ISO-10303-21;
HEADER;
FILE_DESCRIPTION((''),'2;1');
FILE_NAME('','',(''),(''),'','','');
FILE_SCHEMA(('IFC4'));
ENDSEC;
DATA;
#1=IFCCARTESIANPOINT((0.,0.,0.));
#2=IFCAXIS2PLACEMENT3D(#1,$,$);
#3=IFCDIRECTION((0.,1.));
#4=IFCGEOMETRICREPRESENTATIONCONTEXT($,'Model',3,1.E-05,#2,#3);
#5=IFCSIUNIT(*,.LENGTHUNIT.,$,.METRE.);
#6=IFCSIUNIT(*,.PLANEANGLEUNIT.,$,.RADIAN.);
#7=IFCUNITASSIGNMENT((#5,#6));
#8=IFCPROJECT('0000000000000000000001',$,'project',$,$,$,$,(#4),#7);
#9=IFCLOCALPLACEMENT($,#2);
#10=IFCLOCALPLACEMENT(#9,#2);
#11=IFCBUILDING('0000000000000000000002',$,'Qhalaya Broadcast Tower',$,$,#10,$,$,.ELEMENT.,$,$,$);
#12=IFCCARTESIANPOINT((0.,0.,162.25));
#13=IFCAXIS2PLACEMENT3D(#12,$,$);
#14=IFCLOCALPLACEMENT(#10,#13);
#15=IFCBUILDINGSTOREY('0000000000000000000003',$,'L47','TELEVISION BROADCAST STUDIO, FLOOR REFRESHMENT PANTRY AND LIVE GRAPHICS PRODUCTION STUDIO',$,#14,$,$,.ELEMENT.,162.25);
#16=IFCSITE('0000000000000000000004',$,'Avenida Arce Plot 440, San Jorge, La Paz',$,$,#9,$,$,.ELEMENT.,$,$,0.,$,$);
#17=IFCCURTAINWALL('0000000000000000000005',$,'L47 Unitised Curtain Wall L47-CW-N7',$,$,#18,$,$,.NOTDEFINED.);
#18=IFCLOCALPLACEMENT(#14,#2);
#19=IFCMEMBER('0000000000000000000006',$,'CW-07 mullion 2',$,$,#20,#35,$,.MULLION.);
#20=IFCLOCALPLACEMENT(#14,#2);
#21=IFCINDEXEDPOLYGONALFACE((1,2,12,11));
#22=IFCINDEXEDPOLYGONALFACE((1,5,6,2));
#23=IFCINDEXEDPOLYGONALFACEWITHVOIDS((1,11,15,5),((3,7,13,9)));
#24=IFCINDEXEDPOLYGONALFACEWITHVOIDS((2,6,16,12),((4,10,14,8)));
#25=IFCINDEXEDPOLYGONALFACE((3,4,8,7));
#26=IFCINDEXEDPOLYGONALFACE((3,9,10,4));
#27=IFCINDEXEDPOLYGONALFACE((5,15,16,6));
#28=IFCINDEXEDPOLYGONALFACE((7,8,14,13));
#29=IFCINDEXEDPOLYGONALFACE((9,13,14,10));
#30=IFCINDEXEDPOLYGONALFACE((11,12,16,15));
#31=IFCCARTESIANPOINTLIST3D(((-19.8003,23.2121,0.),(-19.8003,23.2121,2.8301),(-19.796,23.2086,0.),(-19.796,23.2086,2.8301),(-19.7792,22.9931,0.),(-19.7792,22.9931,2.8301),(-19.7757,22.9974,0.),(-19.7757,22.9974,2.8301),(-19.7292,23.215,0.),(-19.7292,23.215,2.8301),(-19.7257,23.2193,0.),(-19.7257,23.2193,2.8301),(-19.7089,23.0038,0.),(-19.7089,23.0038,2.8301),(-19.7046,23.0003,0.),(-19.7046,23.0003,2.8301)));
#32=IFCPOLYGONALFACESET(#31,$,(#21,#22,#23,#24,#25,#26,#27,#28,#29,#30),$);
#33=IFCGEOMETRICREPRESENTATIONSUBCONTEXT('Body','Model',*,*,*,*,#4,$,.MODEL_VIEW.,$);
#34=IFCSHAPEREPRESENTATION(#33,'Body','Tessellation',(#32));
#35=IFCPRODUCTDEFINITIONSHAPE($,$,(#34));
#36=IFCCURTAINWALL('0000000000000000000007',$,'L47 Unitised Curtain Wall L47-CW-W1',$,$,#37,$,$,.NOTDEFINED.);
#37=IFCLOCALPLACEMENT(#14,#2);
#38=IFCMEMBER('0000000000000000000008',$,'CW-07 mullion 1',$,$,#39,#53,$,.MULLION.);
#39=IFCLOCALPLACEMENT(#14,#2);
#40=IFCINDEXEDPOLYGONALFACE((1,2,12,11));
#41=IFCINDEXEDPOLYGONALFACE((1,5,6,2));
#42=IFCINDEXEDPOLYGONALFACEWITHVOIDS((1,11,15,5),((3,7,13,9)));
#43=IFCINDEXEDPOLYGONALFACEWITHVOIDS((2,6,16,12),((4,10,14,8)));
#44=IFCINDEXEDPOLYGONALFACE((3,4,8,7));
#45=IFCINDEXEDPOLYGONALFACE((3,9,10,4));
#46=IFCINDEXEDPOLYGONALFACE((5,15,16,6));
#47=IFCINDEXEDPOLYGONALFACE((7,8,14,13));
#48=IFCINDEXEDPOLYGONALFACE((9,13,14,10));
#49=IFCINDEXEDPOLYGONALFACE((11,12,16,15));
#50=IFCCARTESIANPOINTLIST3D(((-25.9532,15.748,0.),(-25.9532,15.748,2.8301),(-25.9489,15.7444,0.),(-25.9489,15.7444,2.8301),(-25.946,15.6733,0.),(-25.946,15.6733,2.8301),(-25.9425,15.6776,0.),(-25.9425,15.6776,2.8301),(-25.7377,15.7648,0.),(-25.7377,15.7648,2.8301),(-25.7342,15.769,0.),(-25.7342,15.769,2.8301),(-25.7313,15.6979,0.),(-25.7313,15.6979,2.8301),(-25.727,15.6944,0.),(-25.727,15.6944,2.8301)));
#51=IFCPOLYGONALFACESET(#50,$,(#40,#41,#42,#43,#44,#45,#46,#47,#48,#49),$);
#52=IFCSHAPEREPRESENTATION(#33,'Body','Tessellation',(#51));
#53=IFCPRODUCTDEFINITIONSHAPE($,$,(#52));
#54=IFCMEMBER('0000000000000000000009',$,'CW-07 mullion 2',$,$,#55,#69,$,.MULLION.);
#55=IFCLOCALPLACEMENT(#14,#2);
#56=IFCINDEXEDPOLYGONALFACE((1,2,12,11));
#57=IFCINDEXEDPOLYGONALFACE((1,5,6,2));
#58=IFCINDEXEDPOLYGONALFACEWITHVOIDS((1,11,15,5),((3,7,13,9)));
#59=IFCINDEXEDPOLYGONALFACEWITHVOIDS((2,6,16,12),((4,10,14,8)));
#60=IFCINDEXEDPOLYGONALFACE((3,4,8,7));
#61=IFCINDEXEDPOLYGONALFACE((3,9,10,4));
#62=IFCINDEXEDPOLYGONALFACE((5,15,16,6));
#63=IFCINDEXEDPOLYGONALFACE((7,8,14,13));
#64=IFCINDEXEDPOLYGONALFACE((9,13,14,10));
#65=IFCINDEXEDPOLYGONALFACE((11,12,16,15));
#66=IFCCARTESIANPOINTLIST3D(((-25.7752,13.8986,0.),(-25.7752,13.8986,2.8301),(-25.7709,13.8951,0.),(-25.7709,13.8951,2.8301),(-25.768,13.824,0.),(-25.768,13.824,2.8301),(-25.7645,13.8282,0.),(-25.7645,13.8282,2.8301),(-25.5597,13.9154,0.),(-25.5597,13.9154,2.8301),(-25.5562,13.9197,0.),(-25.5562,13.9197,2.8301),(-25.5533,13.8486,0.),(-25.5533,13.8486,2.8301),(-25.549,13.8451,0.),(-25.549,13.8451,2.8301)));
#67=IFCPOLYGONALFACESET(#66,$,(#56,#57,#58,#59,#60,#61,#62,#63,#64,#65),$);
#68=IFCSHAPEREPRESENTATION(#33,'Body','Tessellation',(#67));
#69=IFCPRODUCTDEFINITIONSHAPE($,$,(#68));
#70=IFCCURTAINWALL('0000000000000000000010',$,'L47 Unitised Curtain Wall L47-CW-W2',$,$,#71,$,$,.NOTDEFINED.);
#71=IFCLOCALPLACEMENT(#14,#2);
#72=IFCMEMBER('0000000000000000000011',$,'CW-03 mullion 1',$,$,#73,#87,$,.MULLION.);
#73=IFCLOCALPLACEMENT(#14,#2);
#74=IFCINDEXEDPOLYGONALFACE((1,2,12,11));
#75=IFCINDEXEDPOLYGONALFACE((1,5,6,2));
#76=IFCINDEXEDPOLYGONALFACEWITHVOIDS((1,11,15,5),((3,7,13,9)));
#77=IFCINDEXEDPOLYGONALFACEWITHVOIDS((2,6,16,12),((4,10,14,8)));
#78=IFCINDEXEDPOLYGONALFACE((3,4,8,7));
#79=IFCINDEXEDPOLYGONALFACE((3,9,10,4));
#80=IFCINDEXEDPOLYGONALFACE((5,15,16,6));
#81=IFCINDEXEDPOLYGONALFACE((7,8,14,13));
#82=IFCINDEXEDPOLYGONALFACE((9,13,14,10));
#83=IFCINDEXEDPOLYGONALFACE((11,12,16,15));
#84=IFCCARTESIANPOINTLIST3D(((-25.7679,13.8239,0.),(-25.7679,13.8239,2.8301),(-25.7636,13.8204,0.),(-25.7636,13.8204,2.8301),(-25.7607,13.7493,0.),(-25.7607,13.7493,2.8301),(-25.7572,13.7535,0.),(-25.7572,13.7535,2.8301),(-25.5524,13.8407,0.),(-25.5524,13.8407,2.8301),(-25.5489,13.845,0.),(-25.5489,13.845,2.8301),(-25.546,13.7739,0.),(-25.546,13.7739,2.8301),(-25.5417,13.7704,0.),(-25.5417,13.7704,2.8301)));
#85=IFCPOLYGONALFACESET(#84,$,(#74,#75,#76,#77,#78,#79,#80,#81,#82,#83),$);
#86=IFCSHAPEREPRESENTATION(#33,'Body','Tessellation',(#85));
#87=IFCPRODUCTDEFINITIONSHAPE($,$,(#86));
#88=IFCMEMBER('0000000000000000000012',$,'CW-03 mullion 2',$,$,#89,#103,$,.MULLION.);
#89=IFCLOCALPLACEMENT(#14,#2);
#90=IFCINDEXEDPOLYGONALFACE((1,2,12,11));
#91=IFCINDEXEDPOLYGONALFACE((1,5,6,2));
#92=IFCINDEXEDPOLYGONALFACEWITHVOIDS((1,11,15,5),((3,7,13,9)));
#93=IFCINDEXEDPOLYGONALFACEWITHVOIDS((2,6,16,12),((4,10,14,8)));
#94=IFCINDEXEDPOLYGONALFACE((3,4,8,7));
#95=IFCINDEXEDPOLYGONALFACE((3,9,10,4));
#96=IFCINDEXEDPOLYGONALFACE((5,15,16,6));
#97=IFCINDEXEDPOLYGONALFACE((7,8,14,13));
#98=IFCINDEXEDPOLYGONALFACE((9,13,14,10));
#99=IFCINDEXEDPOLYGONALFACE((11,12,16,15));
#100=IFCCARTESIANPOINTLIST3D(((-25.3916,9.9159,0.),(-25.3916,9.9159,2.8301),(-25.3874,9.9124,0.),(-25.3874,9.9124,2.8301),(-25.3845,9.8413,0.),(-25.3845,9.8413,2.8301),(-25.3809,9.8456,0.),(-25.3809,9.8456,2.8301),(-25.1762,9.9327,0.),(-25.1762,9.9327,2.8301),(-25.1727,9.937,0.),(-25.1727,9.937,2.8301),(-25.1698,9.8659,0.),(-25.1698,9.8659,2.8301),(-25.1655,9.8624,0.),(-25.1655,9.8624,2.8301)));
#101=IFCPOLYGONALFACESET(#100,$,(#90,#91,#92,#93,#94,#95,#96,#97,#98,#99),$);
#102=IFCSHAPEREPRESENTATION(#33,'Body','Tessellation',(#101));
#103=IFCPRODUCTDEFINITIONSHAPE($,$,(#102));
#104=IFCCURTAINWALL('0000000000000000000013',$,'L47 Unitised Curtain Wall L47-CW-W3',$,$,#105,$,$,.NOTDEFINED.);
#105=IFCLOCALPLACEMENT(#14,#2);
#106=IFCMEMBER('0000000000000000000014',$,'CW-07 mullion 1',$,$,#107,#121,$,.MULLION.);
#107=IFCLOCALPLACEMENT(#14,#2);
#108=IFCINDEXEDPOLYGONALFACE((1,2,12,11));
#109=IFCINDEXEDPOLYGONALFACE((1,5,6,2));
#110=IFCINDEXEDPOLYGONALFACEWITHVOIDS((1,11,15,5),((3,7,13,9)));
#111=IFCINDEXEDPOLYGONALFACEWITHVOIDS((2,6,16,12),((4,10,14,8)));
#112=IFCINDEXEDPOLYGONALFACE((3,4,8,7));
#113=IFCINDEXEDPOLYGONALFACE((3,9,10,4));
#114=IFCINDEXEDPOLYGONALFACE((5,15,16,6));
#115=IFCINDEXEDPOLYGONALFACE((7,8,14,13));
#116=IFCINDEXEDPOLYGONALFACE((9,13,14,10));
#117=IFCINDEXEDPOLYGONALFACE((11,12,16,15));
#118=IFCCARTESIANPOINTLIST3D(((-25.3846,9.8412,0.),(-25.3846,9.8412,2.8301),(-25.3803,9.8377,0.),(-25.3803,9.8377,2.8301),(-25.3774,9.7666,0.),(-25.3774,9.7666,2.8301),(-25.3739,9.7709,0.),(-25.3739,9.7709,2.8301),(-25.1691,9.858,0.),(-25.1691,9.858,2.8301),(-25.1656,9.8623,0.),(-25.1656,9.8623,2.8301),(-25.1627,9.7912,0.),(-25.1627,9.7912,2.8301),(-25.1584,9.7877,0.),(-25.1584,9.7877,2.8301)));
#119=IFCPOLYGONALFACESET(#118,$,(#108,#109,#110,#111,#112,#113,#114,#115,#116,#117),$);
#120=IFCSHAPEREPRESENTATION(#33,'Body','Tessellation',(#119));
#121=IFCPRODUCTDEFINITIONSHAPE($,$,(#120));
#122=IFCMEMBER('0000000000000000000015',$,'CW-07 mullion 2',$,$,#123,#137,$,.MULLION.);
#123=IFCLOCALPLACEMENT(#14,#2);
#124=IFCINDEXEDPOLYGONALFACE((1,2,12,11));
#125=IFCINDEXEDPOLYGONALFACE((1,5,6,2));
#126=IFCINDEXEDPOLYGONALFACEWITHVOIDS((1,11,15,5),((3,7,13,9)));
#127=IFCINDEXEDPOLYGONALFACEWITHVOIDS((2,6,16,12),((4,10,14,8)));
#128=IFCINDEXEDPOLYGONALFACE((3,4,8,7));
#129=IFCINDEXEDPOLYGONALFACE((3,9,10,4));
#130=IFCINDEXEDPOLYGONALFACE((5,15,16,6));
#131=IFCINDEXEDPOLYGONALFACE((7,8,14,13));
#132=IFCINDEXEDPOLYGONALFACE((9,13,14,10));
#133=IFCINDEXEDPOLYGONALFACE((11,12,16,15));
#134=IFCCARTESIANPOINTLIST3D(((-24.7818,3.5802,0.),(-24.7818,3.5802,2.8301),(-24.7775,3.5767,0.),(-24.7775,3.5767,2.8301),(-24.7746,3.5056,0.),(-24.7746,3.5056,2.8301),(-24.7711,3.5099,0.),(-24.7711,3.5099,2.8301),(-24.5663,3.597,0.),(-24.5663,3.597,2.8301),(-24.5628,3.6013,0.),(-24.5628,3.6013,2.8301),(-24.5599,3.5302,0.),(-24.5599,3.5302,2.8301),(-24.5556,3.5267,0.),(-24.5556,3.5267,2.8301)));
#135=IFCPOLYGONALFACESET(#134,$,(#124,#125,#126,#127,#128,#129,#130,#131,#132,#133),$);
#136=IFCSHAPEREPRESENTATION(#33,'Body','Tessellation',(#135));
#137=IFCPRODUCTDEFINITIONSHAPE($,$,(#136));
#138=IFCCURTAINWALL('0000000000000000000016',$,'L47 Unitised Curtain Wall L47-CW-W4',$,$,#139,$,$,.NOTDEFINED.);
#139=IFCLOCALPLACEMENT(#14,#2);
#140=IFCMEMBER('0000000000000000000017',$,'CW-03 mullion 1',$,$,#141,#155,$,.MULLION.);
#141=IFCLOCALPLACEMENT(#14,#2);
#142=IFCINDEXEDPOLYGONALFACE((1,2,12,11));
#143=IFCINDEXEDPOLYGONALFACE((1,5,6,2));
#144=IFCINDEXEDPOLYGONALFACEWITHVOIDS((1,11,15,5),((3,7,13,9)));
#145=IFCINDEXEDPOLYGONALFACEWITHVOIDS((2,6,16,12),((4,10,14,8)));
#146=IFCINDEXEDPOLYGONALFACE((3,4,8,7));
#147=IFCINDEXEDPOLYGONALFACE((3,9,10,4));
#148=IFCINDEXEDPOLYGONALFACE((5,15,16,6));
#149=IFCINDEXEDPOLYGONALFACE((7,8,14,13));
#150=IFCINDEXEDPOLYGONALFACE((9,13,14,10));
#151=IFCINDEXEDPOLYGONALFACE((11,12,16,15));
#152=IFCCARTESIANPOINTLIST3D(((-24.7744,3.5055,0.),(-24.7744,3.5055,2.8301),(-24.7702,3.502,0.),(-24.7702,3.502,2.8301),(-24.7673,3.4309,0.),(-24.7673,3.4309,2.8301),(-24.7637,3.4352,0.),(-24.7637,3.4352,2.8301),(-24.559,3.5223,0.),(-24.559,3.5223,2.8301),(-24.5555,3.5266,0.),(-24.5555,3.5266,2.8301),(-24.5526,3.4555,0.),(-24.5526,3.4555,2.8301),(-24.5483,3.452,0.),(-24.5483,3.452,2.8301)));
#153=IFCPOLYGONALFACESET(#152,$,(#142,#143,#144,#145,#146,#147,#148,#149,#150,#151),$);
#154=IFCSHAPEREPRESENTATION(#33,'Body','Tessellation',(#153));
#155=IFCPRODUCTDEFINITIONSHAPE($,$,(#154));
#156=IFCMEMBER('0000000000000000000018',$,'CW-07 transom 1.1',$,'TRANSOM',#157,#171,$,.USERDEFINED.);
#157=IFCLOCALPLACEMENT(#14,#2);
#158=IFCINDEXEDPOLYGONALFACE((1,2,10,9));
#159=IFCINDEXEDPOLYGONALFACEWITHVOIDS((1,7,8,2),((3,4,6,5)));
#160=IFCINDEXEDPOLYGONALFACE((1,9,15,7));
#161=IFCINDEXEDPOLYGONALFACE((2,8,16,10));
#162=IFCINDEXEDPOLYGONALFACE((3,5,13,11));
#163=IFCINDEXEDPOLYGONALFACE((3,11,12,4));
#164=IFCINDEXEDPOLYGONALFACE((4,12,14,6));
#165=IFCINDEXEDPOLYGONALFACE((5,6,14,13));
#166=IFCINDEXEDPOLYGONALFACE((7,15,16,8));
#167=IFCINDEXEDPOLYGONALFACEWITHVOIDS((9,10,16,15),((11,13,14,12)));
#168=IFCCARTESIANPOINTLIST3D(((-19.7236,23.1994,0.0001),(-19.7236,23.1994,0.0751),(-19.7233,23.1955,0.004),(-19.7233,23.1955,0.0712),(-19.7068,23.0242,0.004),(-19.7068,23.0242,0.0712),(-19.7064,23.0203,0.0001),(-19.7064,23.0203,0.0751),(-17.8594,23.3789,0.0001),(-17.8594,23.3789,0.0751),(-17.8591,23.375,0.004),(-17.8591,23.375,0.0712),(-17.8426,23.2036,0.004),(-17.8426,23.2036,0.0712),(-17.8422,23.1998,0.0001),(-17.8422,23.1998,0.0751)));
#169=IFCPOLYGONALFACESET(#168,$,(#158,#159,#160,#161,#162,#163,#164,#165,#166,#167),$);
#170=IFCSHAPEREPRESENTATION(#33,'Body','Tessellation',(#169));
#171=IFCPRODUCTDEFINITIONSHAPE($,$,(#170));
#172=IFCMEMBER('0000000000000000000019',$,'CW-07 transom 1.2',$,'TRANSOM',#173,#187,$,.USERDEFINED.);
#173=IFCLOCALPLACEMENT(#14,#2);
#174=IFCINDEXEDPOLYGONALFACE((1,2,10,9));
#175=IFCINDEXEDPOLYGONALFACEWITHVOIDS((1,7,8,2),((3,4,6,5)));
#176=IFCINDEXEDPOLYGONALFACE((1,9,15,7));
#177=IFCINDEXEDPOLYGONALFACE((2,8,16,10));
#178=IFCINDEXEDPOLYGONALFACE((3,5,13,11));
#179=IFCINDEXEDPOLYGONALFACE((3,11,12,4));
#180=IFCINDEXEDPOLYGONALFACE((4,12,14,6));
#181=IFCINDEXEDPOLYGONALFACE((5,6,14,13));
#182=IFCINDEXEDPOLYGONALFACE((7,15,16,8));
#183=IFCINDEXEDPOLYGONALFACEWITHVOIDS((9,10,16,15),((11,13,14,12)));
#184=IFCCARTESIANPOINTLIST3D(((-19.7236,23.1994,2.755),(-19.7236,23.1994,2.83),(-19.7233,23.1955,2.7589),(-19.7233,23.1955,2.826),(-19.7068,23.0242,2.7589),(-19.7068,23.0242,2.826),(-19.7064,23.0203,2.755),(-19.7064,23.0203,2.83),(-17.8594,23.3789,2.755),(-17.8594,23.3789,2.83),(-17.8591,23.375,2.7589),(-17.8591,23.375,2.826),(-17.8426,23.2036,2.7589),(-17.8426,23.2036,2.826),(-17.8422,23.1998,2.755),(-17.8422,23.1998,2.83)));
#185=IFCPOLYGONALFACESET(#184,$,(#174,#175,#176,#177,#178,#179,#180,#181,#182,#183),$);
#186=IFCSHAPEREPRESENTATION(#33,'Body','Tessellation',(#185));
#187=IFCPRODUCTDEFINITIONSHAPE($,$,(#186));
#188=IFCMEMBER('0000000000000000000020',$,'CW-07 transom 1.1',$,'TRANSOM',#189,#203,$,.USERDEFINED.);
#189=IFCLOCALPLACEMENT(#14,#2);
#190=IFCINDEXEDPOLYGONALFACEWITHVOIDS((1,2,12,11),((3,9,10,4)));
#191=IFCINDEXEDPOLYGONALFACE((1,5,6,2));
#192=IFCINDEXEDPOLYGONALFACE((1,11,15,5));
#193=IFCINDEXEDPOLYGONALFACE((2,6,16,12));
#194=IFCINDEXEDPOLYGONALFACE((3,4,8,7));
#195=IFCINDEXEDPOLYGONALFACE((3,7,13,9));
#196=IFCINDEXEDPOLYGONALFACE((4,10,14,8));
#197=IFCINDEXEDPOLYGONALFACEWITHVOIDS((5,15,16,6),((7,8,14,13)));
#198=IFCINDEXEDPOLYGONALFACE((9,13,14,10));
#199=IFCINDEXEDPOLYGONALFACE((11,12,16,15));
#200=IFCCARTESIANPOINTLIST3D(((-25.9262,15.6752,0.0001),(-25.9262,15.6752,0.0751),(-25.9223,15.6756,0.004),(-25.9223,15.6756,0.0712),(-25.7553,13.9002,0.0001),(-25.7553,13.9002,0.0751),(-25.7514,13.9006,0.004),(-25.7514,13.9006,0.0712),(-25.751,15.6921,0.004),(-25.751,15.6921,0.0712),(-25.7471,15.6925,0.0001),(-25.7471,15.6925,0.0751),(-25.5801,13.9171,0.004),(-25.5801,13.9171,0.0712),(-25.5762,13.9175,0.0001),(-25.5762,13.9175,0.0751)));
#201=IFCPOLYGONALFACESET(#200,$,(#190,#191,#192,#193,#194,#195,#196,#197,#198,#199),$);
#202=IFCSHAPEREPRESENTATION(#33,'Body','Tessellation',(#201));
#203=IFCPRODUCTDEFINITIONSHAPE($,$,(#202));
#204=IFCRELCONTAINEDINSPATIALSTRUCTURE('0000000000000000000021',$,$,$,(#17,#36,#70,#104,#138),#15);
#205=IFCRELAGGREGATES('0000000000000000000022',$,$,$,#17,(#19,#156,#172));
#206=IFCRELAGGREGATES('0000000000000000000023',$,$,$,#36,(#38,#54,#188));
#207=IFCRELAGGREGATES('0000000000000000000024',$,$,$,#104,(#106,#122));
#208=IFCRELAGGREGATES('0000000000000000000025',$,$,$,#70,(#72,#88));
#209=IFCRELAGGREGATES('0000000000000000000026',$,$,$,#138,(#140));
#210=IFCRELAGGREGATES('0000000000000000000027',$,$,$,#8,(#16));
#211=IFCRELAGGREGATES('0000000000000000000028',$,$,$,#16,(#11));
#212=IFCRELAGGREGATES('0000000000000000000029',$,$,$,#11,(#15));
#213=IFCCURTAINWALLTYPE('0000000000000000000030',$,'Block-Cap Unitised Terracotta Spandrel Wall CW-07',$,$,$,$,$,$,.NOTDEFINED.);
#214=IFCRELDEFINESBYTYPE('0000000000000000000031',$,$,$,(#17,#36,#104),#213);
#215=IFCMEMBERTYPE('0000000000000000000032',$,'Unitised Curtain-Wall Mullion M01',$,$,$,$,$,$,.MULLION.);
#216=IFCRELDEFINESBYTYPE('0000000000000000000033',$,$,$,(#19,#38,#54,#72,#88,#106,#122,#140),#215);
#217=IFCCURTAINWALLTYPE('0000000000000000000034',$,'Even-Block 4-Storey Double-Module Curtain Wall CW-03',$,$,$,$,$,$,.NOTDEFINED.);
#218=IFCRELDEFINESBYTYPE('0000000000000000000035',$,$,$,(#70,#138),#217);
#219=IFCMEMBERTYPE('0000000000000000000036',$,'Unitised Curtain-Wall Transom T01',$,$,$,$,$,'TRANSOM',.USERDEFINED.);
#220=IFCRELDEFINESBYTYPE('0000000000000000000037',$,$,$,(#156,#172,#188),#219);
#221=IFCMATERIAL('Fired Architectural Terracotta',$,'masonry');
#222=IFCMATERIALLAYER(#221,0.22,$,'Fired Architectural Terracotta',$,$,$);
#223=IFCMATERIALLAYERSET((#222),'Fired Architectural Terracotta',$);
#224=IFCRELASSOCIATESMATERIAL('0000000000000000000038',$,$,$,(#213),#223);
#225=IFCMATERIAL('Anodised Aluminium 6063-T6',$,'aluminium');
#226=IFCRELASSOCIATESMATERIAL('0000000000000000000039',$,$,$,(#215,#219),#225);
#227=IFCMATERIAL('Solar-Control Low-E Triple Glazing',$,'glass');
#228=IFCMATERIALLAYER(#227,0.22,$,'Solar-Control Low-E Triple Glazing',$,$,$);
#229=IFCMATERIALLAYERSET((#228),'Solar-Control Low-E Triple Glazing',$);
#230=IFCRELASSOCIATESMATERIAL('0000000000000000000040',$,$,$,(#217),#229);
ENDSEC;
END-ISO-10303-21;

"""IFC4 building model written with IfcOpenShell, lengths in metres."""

from ifc_helpers import new_model, si_unit, direction, frame, origin, origin_2d, place, context, subcontext, project, spatial, hollow_rectangle, extrude, material, layer, layer_set, material_profile, profile_set, type_object, element, aggregate, save


model = new_model("IFC4")

# Units and contexts
model_context = context("Model", 3, precision=1e-05, world=origin(), true_north=direction((0.0, 1.0)))
body_context = subcontext(model_context, "Body", "Model", "MODEL_VIEW")
ifc_project = project(units=[si_unit("LENGTHUNIT", "METRE"), si_unit("PLANEANGLEUNIT", "RADIAN")], contexts=[model_context])

# Site, building, storey
site_placement = place(None, origin())
site = spatial("IfcSite", under=ifc_project, at=site_placement, Name="Avenida Arce Plot 440, San Jorge, La Paz", CompositionType="ELEMENT", RefElevation=0.0)
building_placement = place(site_placement, origin())
building = spatial("IfcBuilding", under=site, at=building_placement, Name="Qhalaya Broadcast Tower", CompositionType="ELEMENT")
storey_placement = place(building_placement, frame((0.0, 0.0, 162.25)))
storey = spatial("IfcBuildingStorey", under=building, at=storey_placement, Name="L47", Description="TELEVISION BROADCAST STUDIO, FLOOR REFRESHMENT PANTRY AND LIVE GRAPHICS PRODUCTION STUDIO", CompositionType="ELEMENT", Elevation=162.25)

# Curtain wall, member
ifc_material_1 = material(Name="Fired Architectural Terracotta", Category="masonry")
ifc_layer_1 = layer(ifc_material_1, 0.22, Name="Fired Architectural Terracotta")
ifc_layer_set_1 = layer_set([ifc_layer_1], Name="Fired Architectural Terracotta")
curtain_wall_type_1 = type_object("IfcCurtainWallType", Name="Block-Cap Unitised Terracotta Spandrel Wall CW-07", PredefinedType="NOTDEFINED", material=ifc_layer_set_1)
curtain_wall_1_placement = place(storey_placement, origin())
curtain_wall_1 = element("IfcCurtainWall", 1, at=curtain_wall_1_placement, inside=storey, type_object=curtain_wall_type_1, Name="L47 Unitised Curtain Wall L47-CW-N7", PredefinedType="NOTDEFINED")
ifc_material_2 = material(Name="Anodised Aluminium 6063-T6", Category="aluminium")
ifc_material_profile_1 = material_profile(ifc_material_2, hollow_rectangle(XDim=0.075, YDim=0.22, WallThickness=0.0039, at=origin_2d()), Name="ALU-MUL 75x220x4")
ifc_profile_set_1 = profile_set([ifc_material_profile_1], Name="Anodised Aluminium 6063-T6")
member_type_1 = type_object("IfcMemberType", Name="Unitised Curtain-Wall Mullion M01", PredefinedType="MULLION", material=ifc_profile_set_1)
member_1_placement = place(storey_placement, frame((-19.7524, 23.1062, 0.0), z_axis=(0.0, 0.0, 1.0), x_axis=(-0.995396, -0.095847, 0.0)))
member_1 = element("IfcMember", 2, at=member_1_placement, type_object=member_type_1, Name="CW-07 mullion 2", PredefinedType="MULLION", context=body_context, shape_type="SweptSolid", body=[
    extrude(hollow_rectangle(XDim=0.075, YDim=0.22, WallThickness=0.0039, at=origin_2d()), origin(), (0.0, 0.0, 1.0), 2.8301),
])

# Curtain walls, members
curtain_wall_2_placement = place(storey_placement, origin())
curtain_wall_2 = element("IfcCurtainWall", 3, at=curtain_wall_2_placement, inside=storey, type_object=curtain_wall_type_1, Name="L47 Unitised Curtain Wall L47-CW-W1", PredefinedType="NOTDEFINED")
member_2_placement = place(storey_placement, frame((-25.8401, 15.7212, 0.0), z_axis=(0.0, 0.0, 1.0), x_axis=(0.095861, -0.995395, 0.0)))
member_2 = element("IfcMember", 4, at=member_2_placement, type_object=member_type_1, Name="CW-07 mullion 1", PredefinedType="MULLION", context=body_context, shape_type="SweptSolid", body=[
    extrude(hollow_rectangle(XDim=0.075, YDim=0.22, WallThickness=0.0039, at=origin_2d()), origin(), (0.0, 0.0, 1.0), 2.8301),
])
member_3_placement = place(storey_placement, frame((-25.6621, 13.8718, 0.0), z_axis=(0.0, 0.0, 1.0), x_axis=(0.095861, -0.995395, 0.0)))
member_3 = element("IfcMember", 5, at=member_3_placement, type_object=member_type_1, Name="CW-07 mullion 2", PredefinedType="MULLION", context=body_context, shape_type="SweptSolid", body=[
    extrude(hollow_rectangle(XDim=0.075, YDim=0.22, WallThickness=0.0039, at=origin_2d()), origin(), (0.0, 0.0, 1.0), 2.8301),
])
ifc_material_3 = material(Name="Solar-Control Low-E Triple Glazing", Category="glass")
ifc_layer_2 = layer(ifc_material_3, 0.22, Name="Solar-Control Low-E Triple Glazing")
ifc_layer_set_2 = layer_set([ifc_layer_2], Name="Solar-Control Low-E Triple Glazing")
curtain_wall_type_2 = type_object("IfcCurtainWallType", Name="Even-Block 4-Storey Double-Module Curtain Wall CW-03", PredefinedType="NOTDEFINED", material=ifc_layer_set_2)
curtain_wall_3_placement = place(storey_placement, origin())
curtain_wall_3 = element("IfcCurtainWall", 6, at=curtain_wall_3_placement, inside=storey, type_object=curtain_wall_type_2, Name="L47 Unitised Curtain Wall L47-CW-W2", PredefinedType="NOTDEFINED")
member_4_placement = place(storey_placement, frame((-25.6548, 13.7971, 0.0), z_axis=(0.0, 0.0, 1.0), x_axis=(0.095851, -0.995396, 0.0)))
member_4 = element("IfcMember", 7, at=member_4_placement, type_object=member_type_1, Name="CW-03 mullion 1", PredefinedType="MULLION", context=body_context, shape_type="SweptSolid", body=[
    extrude(hollow_rectangle(XDim=0.075, YDim=0.22, WallThickness=0.0039, at=origin_2d()), origin(), (0.0, 0.0, 1.0), 2.8301),
])
member_5_placement = place(storey_placement, frame((-25.2786, 9.8892, 0.0), z_axis=(0.0, 0.0, 1.0), x_axis=(0.095851, -0.995396, 0.0)))
member_5 = element("IfcMember", 8, at=member_5_placement, type_object=member_type_1, Name="CW-03 mullion 2", PredefinedType="MULLION", context=body_context, shape_type="SweptSolid", body=[
    extrude(hollow_rectangle(XDim=0.075, YDim=0.22, WallThickness=0.0039, at=origin_2d()), origin(), (0.0, 0.0, 1.0), 2.8301),
])
curtain_wall_4_placement = place(storey_placement, origin())
curtain_wall_4 = element("IfcCurtainWall", 9, at=curtain_wall_4_placement, inside=storey, type_object=curtain_wall_type_1, Name="L47 Unitised Curtain Wall L47-CW-W3", PredefinedType="NOTDEFINED")
member_6_placement = place(storey_placement, frame((-25.2715, 9.8145, 0.0), z_axis=(0.0, 0.0, 1.0), x_axis=(0.095837, -0.995397, 0.0)))
member_6 = element("IfcMember", 10, at=member_6_placement, type_object=member_type_1, Name="CW-07 mullion 1", PredefinedType="MULLION", context=body_context, shape_type="SweptSolid", body=[
    extrude(hollow_rectangle(XDim=0.075, YDim=0.22, WallThickness=0.0039, at=origin_2d()), origin(), (0.0, 0.0, 1.0), 2.8301),
])
member_7_placement = place(storey_placement, frame((-24.6687, 3.5535, 0.0), z_axis=(0.0, 0.0, 1.0), x_axis=(0.095837, -0.995397, 0.0)))
member_7 = element("IfcMember", 11, at=member_7_placement, type_object=member_type_1, Name="CW-07 mullion 2", PredefinedType="MULLION", context=body_context, shape_type="SweptSolid", body=[
    extrude(hollow_rectangle(XDim=0.075, YDim=0.22, WallThickness=0.0039, at=origin_2d()), origin(), (0.0, 0.0, 1.0), 2.8301),
])

# Curtain wall, member
curtain_wall_5_placement = place(storey_placement, origin())
curtain_wall_5 = element("IfcCurtainWall", 12, at=curtain_wall_5_placement, inside=storey, type_object=curtain_wall_type_2, Name="L47 Unitised Curtain Wall L47-CW-W4", PredefinedType="NOTDEFINED")
member_8_placement = place(storey_placement, frame((-24.6614, 3.4788, 0.0), z_axis=(0.0, 0.0, 1.0), x_axis=(0.095851, -0.995396, 0.0)))
member_8 = element("IfcMember", 13, at=member_8_placement, type_object=member_type_1, Name="CW-03 mullion 1", PredefinedType="MULLION", context=body_context, shape_type="SweptSolid", body=[
    extrude(hollow_rectangle(XDim=0.075, YDim=0.22, WallThickness=0.0039, at=origin_2d()), origin(), (0.0, 0.0, 1.0), 2.8301),
])

# Members
ifc_material_profile_2 = material_profile(ifc_material_2, hollow_rectangle(XDim=0.075, YDim=0.1799, WallThickness=0.0039, at=origin_2d()), Name="ALU-TRN 75x180x4")
ifc_profile_set_2 = profile_set([ifc_material_profile_2], Name="Anodised Aluminium 6063-T6")
member_type_2 = type_object("IfcMemberType", Name="Unitised Curtain-Wall Transom T01", ElementType="TRANSOM", PredefinedType="USERDEFINED", material=ifc_profile_set_2)
member_9_placement = place(storey_placement, frame((-17.8508, 23.2893, 0.0376), z_axis=(-0.995399, -0.095812, 0.0), x_axis=(0.0, 0.0, 1.0)))
member_9 = element("IfcMember", 14, at=member_9_placement, type_object=member_type_2, Name="CW-07 transom 1.1", ObjectType="TRANSOM", PredefinedType="USERDEFINED", context=body_context, shape_type="SweptSolid", body=[
    extrude(hollow_rectangle(XDim=0.075, YDim=0.1799, WallThickness=0.0039, at=origin_2d()), origin(), (0.0, 0.0, 1.0), 1.8728),
])
member_10_placement = place(storey_placement, frame((-17.8508, 23.2893, 2.7925), z_axis=(-0.995399, -0.095812, 0.0), x_axis=(0.0, 0.0, 1.0)))
member_10 = element("IfcMember", 15, at=member_10_placement, type_object=member_type_2, Name="CW-07 transom 1.2", ObjectType="TRANSOM", PredefinedType="USERDEFINED", context=body_context, shape_type="SweptSolid", body=[
    extrude(hollow_rectangle(XDim=0.075, YDim=0.1799, WallThickness=0.0039, at=origin_2d()), origin(), (0.0, 0.0, 1.0), 1.8728),
])
member_11_placement = place(storey_placement, frame((-25.8367, 15.6838, 0.0376), z_axis=(0.095843, -0.995396, 0.0), x_axis=(0.0, 0.0, 1.0)))
member_11 = element("IfcMember", 16, at=member_11_placement, type_object=member_type_2, Name="CW-07 transom 1.1", ObjectType="TRANSOM", PredefinedType="USERDEFINED", context=body_context, shape_type="SweptSolid", body=[
    extrude(hollow_rectangle(XDim=0.075, YDim=0.1799, WallThickness=0.0039, at=origin_2d()), origin(), (0.0, 0.0, 1.0), 1.7832),
])

aggregate(curtain_wall_1, [member_1, member_9, member_10])
aggregate(curtain_wall_2, [member_2, member_3, member_11])
aggregate(curtain_wall_4, [member_6, member_7])
aggregate(curtain_wall_3, [member_4, member_5])
aggregate(curtain_wall_5, [member_8])

save(model, "model.ifc")
